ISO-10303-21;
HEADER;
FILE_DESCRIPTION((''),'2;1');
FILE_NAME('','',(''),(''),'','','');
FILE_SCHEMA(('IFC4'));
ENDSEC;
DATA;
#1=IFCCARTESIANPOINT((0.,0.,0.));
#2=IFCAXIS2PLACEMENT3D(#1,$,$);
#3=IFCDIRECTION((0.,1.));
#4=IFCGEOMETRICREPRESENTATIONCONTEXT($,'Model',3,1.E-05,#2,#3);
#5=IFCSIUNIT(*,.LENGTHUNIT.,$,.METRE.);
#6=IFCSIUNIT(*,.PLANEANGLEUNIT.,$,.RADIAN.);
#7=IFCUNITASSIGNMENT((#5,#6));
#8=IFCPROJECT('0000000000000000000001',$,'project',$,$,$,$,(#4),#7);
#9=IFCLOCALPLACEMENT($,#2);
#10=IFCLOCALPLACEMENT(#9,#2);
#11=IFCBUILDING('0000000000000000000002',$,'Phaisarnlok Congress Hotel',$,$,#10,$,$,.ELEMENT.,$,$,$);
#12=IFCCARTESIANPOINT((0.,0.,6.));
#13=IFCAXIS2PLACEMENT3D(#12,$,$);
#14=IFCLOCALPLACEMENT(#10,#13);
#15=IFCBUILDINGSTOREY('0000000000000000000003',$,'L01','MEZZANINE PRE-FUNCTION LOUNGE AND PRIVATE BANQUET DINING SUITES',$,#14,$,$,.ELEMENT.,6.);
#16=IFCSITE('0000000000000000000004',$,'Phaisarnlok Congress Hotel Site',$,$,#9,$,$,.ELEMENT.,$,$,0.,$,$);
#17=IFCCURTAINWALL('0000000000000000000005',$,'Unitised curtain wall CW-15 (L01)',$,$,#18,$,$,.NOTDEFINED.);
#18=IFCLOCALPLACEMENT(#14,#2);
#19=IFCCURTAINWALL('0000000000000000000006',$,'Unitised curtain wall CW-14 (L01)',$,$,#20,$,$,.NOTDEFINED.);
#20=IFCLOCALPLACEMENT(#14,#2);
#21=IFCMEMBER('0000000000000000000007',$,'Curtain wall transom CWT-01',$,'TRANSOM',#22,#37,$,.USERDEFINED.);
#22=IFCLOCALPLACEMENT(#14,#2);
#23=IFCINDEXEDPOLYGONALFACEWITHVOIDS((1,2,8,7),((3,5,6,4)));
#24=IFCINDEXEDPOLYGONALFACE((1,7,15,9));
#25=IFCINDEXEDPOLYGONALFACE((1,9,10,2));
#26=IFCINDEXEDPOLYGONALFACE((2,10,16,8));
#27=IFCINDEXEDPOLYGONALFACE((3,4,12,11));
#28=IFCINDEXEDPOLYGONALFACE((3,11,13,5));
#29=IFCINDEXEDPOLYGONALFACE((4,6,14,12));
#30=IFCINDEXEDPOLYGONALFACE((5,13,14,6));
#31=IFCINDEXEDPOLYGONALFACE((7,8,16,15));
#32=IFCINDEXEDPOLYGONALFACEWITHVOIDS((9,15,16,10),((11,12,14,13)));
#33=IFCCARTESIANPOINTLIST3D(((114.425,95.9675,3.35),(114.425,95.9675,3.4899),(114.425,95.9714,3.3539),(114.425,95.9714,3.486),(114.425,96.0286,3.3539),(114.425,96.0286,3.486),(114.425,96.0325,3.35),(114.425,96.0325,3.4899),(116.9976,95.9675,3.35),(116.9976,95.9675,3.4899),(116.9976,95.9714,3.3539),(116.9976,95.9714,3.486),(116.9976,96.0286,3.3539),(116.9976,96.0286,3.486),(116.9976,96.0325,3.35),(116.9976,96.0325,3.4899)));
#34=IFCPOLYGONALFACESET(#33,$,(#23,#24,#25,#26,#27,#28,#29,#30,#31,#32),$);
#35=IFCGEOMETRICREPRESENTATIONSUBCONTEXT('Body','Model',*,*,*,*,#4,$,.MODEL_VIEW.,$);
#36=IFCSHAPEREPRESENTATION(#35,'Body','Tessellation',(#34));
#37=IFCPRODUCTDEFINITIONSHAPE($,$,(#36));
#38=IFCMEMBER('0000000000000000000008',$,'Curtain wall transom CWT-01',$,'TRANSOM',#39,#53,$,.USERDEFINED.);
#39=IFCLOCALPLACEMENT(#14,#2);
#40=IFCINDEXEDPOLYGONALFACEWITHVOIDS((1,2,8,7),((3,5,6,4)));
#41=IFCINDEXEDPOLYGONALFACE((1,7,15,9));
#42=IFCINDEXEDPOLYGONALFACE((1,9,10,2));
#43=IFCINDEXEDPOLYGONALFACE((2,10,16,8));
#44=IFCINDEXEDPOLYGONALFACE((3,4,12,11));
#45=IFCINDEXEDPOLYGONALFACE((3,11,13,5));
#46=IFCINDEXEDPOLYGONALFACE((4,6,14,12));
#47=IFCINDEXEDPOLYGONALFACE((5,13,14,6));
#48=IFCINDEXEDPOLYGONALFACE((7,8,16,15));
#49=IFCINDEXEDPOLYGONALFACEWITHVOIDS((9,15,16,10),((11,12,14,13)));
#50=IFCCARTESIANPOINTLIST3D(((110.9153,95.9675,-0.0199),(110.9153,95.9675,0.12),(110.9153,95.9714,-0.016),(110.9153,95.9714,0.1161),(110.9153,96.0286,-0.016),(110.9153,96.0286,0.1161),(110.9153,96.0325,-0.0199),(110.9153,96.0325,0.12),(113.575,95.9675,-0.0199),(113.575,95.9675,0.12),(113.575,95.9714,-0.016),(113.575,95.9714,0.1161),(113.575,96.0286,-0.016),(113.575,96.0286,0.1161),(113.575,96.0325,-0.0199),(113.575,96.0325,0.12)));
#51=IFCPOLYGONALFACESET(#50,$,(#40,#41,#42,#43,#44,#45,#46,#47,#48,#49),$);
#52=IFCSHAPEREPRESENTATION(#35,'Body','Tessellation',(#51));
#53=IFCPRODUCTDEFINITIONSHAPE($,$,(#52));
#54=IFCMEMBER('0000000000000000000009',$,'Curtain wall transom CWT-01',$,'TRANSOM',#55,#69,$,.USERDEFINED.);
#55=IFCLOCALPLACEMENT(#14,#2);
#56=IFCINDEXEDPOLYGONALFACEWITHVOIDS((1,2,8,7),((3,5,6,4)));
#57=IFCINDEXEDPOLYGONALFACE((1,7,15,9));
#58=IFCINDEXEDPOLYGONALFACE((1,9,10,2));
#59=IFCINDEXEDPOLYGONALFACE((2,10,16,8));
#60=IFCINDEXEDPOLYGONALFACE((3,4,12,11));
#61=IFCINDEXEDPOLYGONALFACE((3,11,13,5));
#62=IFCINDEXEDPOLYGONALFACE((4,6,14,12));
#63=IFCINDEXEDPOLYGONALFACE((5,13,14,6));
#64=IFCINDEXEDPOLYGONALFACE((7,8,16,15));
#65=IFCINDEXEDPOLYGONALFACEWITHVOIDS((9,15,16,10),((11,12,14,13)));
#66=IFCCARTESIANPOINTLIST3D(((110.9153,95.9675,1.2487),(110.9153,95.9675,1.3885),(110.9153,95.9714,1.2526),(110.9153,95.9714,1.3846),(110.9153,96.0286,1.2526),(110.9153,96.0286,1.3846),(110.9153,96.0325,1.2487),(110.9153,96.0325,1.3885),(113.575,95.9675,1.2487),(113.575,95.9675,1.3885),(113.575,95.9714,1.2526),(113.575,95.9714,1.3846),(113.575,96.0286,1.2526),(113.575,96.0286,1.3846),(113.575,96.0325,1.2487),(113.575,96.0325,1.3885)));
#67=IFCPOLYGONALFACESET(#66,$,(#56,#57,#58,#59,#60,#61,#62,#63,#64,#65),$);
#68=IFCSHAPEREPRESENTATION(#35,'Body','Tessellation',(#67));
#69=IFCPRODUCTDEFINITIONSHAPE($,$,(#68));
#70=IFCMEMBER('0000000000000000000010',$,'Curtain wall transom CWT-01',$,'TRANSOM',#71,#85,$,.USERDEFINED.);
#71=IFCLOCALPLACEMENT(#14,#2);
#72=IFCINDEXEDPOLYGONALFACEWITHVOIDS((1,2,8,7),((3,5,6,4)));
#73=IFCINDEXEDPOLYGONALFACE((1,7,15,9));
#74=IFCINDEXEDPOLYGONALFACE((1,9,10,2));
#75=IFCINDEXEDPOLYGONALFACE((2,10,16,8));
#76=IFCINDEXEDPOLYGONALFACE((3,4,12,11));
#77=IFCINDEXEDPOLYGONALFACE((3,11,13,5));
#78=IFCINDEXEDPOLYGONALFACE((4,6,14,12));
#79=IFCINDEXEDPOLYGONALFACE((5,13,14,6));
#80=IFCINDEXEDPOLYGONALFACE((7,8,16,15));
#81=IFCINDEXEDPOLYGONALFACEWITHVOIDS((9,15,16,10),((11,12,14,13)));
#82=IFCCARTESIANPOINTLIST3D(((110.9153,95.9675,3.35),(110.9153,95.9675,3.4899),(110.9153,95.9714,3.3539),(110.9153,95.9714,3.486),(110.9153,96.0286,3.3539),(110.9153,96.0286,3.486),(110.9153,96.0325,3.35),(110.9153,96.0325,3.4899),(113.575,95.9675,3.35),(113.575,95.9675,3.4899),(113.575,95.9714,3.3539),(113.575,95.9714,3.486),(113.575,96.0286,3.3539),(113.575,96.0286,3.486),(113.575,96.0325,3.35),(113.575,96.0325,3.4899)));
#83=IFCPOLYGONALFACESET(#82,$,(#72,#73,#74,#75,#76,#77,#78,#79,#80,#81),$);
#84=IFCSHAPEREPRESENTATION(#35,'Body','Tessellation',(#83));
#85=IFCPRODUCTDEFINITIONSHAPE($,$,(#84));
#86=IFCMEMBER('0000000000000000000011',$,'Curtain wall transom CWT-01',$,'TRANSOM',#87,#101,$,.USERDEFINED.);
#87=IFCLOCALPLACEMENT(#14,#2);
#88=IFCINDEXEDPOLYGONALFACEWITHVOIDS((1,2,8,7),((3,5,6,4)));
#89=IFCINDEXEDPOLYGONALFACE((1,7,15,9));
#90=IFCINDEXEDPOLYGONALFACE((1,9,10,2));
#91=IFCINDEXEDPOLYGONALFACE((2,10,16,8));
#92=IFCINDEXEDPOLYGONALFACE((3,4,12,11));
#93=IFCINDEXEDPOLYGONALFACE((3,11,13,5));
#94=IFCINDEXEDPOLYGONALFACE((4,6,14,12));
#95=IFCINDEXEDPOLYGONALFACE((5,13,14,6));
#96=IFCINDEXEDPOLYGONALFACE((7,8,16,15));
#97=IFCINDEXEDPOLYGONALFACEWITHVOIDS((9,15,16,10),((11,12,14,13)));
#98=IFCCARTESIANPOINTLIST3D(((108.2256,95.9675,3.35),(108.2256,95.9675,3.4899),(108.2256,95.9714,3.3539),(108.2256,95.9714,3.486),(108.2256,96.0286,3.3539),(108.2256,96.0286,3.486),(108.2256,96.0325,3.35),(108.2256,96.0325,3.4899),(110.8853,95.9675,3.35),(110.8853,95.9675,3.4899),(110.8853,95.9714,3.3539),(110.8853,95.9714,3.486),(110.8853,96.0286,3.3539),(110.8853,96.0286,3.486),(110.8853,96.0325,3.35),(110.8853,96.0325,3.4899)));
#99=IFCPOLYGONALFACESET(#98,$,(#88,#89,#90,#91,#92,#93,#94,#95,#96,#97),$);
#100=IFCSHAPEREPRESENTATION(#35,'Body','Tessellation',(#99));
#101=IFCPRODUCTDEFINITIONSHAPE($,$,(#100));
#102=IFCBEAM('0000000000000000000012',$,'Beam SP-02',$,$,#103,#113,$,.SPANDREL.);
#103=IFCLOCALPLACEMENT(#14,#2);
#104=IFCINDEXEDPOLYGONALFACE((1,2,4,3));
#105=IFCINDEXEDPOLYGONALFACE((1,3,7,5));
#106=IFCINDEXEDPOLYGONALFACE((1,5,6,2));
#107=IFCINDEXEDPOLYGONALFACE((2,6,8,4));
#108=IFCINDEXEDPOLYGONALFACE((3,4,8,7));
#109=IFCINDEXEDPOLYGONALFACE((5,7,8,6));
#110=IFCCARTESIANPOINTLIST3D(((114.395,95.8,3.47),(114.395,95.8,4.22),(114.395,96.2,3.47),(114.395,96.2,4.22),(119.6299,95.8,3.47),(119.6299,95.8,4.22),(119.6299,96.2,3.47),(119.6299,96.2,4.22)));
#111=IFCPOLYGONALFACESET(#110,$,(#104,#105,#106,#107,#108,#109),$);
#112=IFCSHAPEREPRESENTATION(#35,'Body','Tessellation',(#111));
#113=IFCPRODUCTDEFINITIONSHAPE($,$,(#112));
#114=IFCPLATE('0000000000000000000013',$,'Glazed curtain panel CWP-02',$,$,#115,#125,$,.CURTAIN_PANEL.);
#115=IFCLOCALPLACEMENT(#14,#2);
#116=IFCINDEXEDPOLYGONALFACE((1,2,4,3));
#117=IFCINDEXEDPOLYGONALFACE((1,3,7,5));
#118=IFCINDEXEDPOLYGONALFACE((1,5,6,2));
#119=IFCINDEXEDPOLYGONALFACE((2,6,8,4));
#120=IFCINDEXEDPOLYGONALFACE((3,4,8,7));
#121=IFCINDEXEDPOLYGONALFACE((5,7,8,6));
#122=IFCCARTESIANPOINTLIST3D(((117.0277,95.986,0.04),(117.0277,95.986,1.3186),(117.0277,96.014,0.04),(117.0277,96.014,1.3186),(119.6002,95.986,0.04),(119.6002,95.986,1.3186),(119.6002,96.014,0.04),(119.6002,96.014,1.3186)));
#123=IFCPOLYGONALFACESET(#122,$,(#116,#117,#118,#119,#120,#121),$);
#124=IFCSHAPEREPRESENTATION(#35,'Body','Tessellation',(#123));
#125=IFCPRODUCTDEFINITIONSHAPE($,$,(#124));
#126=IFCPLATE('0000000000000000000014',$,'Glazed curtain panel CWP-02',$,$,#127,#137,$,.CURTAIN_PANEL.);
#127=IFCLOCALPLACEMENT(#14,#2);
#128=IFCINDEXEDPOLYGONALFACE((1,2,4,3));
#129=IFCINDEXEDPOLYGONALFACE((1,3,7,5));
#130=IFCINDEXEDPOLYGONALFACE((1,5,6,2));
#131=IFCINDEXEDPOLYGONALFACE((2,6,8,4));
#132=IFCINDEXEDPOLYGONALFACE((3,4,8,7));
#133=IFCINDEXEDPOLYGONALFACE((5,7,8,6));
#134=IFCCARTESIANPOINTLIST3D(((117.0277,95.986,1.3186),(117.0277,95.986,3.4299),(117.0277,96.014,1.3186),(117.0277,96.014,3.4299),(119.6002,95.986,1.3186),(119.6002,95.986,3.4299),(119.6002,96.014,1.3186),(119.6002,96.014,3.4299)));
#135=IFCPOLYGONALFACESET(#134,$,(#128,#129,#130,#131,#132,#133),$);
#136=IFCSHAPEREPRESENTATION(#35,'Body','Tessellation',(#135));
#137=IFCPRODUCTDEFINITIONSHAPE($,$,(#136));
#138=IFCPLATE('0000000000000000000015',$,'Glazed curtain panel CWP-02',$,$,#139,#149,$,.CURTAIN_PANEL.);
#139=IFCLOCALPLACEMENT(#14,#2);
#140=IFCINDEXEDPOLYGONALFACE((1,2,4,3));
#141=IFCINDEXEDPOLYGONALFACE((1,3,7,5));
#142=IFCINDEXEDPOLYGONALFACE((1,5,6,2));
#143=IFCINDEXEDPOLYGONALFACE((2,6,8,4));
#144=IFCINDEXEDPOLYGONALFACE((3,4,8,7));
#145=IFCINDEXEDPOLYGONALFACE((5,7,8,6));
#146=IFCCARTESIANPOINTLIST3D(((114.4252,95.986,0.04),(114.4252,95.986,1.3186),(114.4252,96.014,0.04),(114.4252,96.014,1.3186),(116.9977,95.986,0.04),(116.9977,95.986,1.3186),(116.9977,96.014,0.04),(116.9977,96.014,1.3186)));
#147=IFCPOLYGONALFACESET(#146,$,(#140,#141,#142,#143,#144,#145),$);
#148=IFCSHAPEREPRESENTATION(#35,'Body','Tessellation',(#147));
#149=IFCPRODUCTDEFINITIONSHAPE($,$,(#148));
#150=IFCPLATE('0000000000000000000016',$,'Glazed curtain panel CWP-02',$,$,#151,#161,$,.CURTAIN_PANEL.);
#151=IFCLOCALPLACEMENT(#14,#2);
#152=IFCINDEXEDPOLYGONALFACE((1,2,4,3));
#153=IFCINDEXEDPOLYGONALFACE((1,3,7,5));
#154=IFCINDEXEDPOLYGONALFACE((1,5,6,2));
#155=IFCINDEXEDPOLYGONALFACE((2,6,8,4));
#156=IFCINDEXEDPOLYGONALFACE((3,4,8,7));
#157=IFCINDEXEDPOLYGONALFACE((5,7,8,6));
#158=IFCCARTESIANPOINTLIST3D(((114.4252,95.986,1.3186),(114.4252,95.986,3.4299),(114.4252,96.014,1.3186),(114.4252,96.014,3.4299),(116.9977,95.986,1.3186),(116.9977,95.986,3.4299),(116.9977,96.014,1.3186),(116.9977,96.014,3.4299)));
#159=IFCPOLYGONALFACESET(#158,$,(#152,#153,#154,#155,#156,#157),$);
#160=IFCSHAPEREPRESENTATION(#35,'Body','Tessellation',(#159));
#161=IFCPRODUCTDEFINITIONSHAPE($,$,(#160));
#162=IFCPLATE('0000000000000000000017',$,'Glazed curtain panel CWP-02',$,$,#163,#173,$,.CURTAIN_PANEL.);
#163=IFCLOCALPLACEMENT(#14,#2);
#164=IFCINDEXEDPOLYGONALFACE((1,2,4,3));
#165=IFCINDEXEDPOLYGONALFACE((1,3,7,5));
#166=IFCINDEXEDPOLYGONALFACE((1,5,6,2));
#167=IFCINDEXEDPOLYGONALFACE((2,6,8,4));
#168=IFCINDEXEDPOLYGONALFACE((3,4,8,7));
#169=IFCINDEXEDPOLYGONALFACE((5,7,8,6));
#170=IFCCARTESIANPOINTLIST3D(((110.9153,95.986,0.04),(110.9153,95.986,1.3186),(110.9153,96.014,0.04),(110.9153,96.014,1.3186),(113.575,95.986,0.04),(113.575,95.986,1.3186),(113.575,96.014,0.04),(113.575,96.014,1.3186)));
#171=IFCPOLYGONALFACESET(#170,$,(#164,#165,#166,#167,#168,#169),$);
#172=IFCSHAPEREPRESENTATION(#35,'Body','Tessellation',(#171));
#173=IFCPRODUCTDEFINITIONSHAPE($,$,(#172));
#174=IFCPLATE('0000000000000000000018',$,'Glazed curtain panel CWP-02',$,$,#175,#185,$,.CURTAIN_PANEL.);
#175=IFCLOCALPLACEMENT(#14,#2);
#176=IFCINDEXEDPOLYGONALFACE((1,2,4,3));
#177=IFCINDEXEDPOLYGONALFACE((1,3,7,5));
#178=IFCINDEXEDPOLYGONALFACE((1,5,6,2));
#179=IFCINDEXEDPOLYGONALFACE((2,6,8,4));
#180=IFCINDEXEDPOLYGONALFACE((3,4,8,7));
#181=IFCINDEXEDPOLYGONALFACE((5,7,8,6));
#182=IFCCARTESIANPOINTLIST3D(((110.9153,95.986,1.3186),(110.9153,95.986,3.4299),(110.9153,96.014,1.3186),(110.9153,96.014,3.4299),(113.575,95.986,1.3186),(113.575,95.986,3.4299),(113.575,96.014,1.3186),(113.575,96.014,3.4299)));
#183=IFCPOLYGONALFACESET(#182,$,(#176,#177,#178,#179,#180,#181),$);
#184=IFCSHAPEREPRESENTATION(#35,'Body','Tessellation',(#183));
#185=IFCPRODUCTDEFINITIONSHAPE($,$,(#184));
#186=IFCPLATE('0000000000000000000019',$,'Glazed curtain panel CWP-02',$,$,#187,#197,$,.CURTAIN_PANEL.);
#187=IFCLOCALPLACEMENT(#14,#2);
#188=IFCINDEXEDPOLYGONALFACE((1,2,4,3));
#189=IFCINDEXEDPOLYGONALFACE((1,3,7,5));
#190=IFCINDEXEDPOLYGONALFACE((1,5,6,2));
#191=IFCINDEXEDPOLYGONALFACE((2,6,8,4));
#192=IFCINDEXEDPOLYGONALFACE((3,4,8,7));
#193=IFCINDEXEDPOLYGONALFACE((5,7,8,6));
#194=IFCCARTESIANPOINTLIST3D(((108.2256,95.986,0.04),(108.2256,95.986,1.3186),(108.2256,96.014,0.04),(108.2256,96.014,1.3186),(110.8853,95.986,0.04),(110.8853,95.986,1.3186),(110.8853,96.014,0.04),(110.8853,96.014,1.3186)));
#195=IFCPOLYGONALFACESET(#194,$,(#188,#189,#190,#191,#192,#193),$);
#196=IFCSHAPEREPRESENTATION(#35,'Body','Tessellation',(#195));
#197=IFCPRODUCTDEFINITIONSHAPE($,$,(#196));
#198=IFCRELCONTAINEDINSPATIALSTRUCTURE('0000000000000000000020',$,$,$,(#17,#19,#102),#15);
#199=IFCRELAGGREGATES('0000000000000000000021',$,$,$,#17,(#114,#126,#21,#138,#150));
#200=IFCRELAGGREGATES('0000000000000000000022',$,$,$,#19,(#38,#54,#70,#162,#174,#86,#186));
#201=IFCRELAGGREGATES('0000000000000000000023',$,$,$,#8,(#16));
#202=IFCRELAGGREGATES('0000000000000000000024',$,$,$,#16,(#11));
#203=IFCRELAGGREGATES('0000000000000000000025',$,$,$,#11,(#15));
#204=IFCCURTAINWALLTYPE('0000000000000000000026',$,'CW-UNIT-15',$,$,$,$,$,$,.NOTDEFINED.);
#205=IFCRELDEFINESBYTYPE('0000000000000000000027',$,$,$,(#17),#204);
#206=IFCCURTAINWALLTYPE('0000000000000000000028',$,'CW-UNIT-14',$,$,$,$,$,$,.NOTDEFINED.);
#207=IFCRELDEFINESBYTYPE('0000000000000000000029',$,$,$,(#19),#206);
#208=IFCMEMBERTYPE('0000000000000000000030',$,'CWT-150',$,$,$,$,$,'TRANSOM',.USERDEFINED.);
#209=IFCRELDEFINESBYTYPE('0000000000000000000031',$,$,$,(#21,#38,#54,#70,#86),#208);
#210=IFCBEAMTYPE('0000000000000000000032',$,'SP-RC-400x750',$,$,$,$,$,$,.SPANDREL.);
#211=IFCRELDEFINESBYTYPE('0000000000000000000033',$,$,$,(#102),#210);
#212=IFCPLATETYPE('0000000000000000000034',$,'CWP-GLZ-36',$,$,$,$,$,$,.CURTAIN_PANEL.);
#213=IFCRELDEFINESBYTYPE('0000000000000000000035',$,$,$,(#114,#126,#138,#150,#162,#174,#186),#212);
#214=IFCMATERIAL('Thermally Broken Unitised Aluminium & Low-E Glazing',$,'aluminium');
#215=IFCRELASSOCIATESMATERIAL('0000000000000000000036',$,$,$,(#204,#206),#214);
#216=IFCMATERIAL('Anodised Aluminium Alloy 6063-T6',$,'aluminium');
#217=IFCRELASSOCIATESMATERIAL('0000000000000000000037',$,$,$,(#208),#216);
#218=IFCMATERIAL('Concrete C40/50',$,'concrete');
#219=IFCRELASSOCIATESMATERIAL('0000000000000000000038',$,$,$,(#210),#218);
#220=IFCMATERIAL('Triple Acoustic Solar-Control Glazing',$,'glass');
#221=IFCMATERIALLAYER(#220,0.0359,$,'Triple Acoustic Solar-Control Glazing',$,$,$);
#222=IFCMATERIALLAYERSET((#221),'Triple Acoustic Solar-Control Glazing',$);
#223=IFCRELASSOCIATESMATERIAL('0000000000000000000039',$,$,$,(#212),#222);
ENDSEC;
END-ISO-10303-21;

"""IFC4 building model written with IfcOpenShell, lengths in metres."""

from ifc_helpers import new_model, si_unit, direction, frame, frame_2d, origin, origin_2d, place, context, subcontext, project, spatial, rectangle, hollow_rectangle, extrude, material, layer, layer_set, material_profile, profile_set, type_object, element, aggregate, save


model = new_model("IFC4")

# Units and contexts
model_context = context("Model", 3, precision=1e-05, world=origin(), true_north=direction((0.0, 1.0)))
body_context = subcontext(model_context, "Body", "Model", "MODEL_VIEW")
ifc_project = project(units=[si_unit("LENGTHUNIT", "METRE"), si_unit("PLANEANGLEUNIT", "RADIAN")], contexts=[model_context])

# Site, building, storey
site_placement = place(None, origin())
site = spatial("IfcSite", under=ifc_project, at=site_placement, Name="Phaisarnlok Congress Hotel Site", CompositionType="ELEMENT", RefElevation=0.0)
building_placement = place(site_placement, origin())
building = spatial("IfcBuilding", under=site, at=building_placement, Name="Phaisarnlok Congress Hotel", CompositionType="ELEMENT")
storey_placement = place(building_placement, frame((0.0, 0.0, 6.0)))
storey = spatial("IfcBuildingStorey", under=building, at=storey_placement, Name="L01", Description="MEZZANINE PRE-FUNCTION LOUNGE AND PRIVATE BANQUET DINING SUITES", CompositionType="ELEMENT", Elevation=6.0)

# Curtain walls
ifc_material_1 = material(Name="Thermally Broken Unitised Aluminium & Low-E Glazing", Category="aluminium")
curtain_wall_type_1 = type_object("IfcCurtainWallType", Name="CW-UNIT-15", PredefinedType="NOTDEFINED", material=ifc_material_1)
curtain_wall_1_placement = place(storey_placement, origin())
curtain_wall_1 = element("IfcCurtainWall", 1, at=curtain_wall_1_placement, inside=storey, type_object=curtain_wall_type_1, Name="Unitised curtain wall CW-15 (L01)", PredefinedType="NOTDEFINED")
ifc_material_2 = material(Name="Anodised Aluminium Alloy 6063-T6", Category="aluminium")
curtain_wall_type_2 = type_object("IfcCurtainWallType", Name="CW-UNIT-14", PredefinedType="NOTDEFINED", material=ifc_material_1)
curtain_wall_2_placement = place(storey_placement, origin())
curtain_wall_2 = element("IfcCurtainWall", 2, at=curtain_wall_2_placement, inside=storey, type_object=curtain_wall_type_2, Name="Unitised curtain wall CW-14 (L01)", PredefinedType="NOTDEFINED")

# Members
ifc_material_profile_1 = material_profile(ifc_material_2, hollow_rectangle(XDim=0.0649, YDim=0.1399, WallThickness=0.0039, at=origin_2d()), Name="ALU-T 65x140x4")
ifc_profile_set_1 = profile_set([ifc_material_profile_1], Name="Anodised Aluminium Alloy 6063-T6")
member_type_1 = type_object("IfcMemberType", Name="CWT-150", ElementType="TRANSOM", PredefinedType="USERDEFINED", material=ifc_profile_set_1)
member_1_placement = place(storey_placement, frame((116.9976, 96.0, 3.4199), z_axis=(-1.0, 0.0, 0.0), x_axis=(0.0, -1.0, 0.0)))
member_1 = element("IfcMember", 3, at=member_1_placement, type_object=member_type_1, Name="Curtain wall transom CWT-01", ObjectType="TRANSOM", PredefinedType="USERDEFINED", context=body_context, shape_type="SweptSolid", body=[
    extrude(hollow_rectangle(XDim=0.0649, YDim=0.1399, WallThickness=0.0039, at=origin_2d()), origin(), (0.0, 0.0, 1.0), 2.5725),
])
member_2_placement = place(storey_placement, frame((113.575, 96.0, 0.05), z_axis=(-1.0, 0.0, 0.0), x_axis=(0.0, -1.0, 0.0)))
member_2 = element("IfcMember", 4, at=member_2_placement, type_object=member_type_1, Name="Curtain wall transom CWT-01", ObjectType="TRANSOM", PredefinedType="USERDEFINED", context=body_context, shape_type="SweptSolid", body=[
    extrude(hollow_rectangle(XDim=0.0649, YDim=0.1399, WallThickness=0.0039, at=origin_2d()), origin(), (0.0, 0.0, 1.0), 2.6597),
])
member_3_placement = place(storey_placement, frame((113.575, 96.0, 1.3186), z_axis=(-1.0, 0.0, 0.0), x_axis=(0.0, -1.0, 0.0)))
member_3 = element("IfcMember", 5, at=member_3_placement, type_object=member_type_1, Name="Curtain wall transom CWT-01", ObjectType="TRANSOM", PredefinedType="USERDEFINED", context=body_context, shape_type="SweptSolid", body=[
    extrude(hollow_rectangle(XDim=0.0649, YDim=0.1399, WallThickness=0.0039, at=origin_2d()), origin(), (0.0, 0.0, 1.0), 2.6597),
])
member_4_placement = place(storey_placement, frame((113.575, 96.0, 3.4199), z_axis=(-1.0, 0.0, 0.0), x_axis=(0.0, -1.0, 0.0)))
member_4 = element("IfcMember", 6, at=member_4_placement, type_object=member_type_1, Name="Curtain wall transom CWT-01", ObjectType="TRANSOM", PredefinedType="USERDEFINED", context=body_context, shape_type="SweptSolid", body=[
    extrude(hollow_rectangle(XDim=0.0649, YDim=0.1399, WallThickness=0.0039, at=origin_2d()), origin(), (0.0, 0.0, 1.0), 2.6597),
])
member_5_placement = place(storey_placement, frame((110.8853, 96.0, 3.4199), z_axis=(-1.0, 0.0, 0.0), x_axis=(0.0, -1.0, 0.0)))
member_5 = element("IfcMember", 7, at=member_5_placement, type_object=member_type_1, Name="Curtain wall transom CWT-01", ObjectType="TRANSOM", PredefinedType="USERDEFINED", context=body_context, shape_type="SweptSolid", body=[
    extrude(hollow_rectangle(XDim=0.0649, YDim=0.1399, WallThickness=0.0039, at=origin_2d()), origin(), (0.0, 0.0, 1.0), 2.6597),
])

# Beam
ifc_material_3 = material(Name="Concrete C40/50", Category="concrete")
ifc_material_profile_2 = material_profile(ifc_material_3, rectangle(XDim=0.3999, YDim=0.75, at=origin_2d()), Name="RC 400x750")
ifc_profile_set_2 = profile_set([ifc_material_profile_2], Name="Concrete C40/50")
beam_type = type_object("IfcBeamType", Name="SP-RC-400x750", PredefinedType="SPANDREL", material=ifc_profile_set_2)
beam_placement = place(storey_placement, frame((114.395, 96.0, 3.845), z_axis=(1.0, 0.0, 0.0), x_axis=(0.0, 1.0, 0.0)))
element("IfcBeam", 8, at=beam_placement, inside=storey, type_object=beam_type, Name="Beam SP-02", PredefinedType="SPANDREL", context=body_context, shape_type="SweptSolid", body=[
    extrude(rectangle(XDim=0.3999, YDim=0.75, at=origin_2d()), origin(), (0.0, 0.0, 1.0), 5.2349),
])

# Plates
ifc_material_4 = material(Name="Triple Acoustic Solar-Control Glazing", Category="glass")
ifc_layer = layer(ifc_material_4, 0.0359, Name="Triple Acoustic Solar-Control Glazing")
ifc_layer_set = layer_set([ifc_layer], Name="Triple Acoustic Solar-Control Glazing")
plate_type = type_object("IfcPlateType", Name="CWP-GLZ-36", PredefinedType="CURTAIN_PANEL", material=ifc_layer_set)
plate_1_placement = place(storey_placement, frame((119.6001, 96.0, 0.04), z_axis=(0.0, 0.0, 1.0), x_axis=(-1.0, 0.0, 0.0)))
plate_1 = element("IfcPlate", 9, at=plate_1_placement, type_object=plate_type, Name="Glazed curtain panel CWP-02", PredefinedType="CURTAIN_PANEL", context=body_context, shape_type="SweptSolid", body=[
    extrude(rectangle(XDim=2.5725, YDim=0.0281, at=frame_2d((1.2861, 0.0))), origin(), (0.0, 0.0, 1.0), 1.2786),
])
plate_2_placement = place(storey_placement, frame((119.6001, 96.0, 1.3186), z_axis=(0.0, 0.0, 1.0), x_axis=(-1.0, 0.0, 0.0)))
plate_2 = element("IfcPlate", 10, at=plate_2_placement, type_object=plate_type, Name="Glazed curtain panel CWP-02", PredefinedType="CURTAIN_PANEL", context=body_context, shape_type="SweptSolid", body=[
    extrude(rectangle(XDim=2.5725, YDim=0.0281, at=frame_2d((1.2861, 0.0))), origin(), (0.0, 0.0, 1.0), 2.1113),
])
plate_3_placement = place(storey_placement, frame((116.9976, 96.0, 0.04), z_axis=(0.0, 0.0, 1.0), x_axis=(-1.0, 0.0, 0.0)))
plate_3 = element("IfcPlate", 11, at=plate_3_placement, type_object=plate_type, Name="Glazed curtain panel CWP-02", PredefinedType="CURTAIN_PANEL", context=body_context, shape_type="SweptSolid", body=[
    extrude(rectangle(XDim=2.5725, YDim=0.0281, at=frame_2d((1.2861, 0.0))), origin(), (0.0, 0.0, 1.0), 1.2786),
])
plate_4_placement = place(storey_placement, frame((116.9976, 96.0, 1.3186), z_axis=(0.0, 0.0, 1.0), x_axis=(-1.0, 0.0, 0.0)))
plate_4 = element("IfcPlate", 12, at=plate_4_placement, type_object=plate_type, Name="Glazed curtain panel CWP-02", PredefinedType="CURTAIN_PANEL", context=body_context, shape_type="SweptSolid", body=[
    extrude(rectangle(XDim=2.5725, YDim=0.0281, at=frame_2d((1.2861, 0.0))), origin(), (0.0, 0.0, 1.0), 2.1113),
])
aggregate(curtain_wall_1, [plate_1, plate_2, member_1, plate_3, plate_4])
plate_5_placement = place(storey_placement, frame((113.575, 96.0, 0.04), z_axis=(0.0, 0.0, 1.0), x_axis=(-1.0, 0.0, 0.0)))
plate_5 = element("IfcPlate", 13, at=plate_5_placement, type_object=plate_type, Name="Glazed curtain panel CWP-02", PredefinedType="CURTAIN_PANEL", context=body_context, shape_type="SweptSolid", body=[
    extrude(rectangle(XDim=2.6597, YDim=0.0281, at=frame_2d((1.3298, 0.0))), origin(), (0.0, 0.0, 1.0), 1.2786),
])
plate_6_placement = place(storey_placement, frame((113.575, 96.0, 1.3186), z_axis=(0.0, 0.0, 1.0), x_axis=(-1.0, 0.0, 0.0)))
plate_6 = element("IfcPlate", 14, at=plate_6_placement, type_object=plate_type, Name="Glazed curtain panel CWP-02", PredefinedType="CURTAIN_PANEL", context=body_context, shape_type="SweptSolid", body=[
    extrude(rectangle(XDim=2.6597, YDim=0.0281, at=frame_2d((1.3298, 0.0))), origin(), (0.0, 0.0, 1.0), 2.1113),
])
plate_7_placement = place(storey_placement, frame((110.8853, 96.0, 0.04), z_axis=(0.0, 0.0, 1.0), x_axis=(-1.0, 0.0, 0.0)))
plate_7 = element("IfcPlate", 15, at=plate_7_placement, type_object=plate_type, Name="Glazed curtain panel CWP-02", PredefinedType="CURTAIN_PANEL", context=body_context, shape_type="SweptSolid", body=[
    extrude(rectangle(XDim=2.6597, YDim=0.0281, at=frame_2d((1.3298, 0.0))), origin(), (0.0, 0.0, 1.0), 1.2786),
])
aggregate(curtain_wall_2, [member_2, member_3, member_4, plate_5, plate_6, member_5, plate_7])

save(model, "model.ifc")
